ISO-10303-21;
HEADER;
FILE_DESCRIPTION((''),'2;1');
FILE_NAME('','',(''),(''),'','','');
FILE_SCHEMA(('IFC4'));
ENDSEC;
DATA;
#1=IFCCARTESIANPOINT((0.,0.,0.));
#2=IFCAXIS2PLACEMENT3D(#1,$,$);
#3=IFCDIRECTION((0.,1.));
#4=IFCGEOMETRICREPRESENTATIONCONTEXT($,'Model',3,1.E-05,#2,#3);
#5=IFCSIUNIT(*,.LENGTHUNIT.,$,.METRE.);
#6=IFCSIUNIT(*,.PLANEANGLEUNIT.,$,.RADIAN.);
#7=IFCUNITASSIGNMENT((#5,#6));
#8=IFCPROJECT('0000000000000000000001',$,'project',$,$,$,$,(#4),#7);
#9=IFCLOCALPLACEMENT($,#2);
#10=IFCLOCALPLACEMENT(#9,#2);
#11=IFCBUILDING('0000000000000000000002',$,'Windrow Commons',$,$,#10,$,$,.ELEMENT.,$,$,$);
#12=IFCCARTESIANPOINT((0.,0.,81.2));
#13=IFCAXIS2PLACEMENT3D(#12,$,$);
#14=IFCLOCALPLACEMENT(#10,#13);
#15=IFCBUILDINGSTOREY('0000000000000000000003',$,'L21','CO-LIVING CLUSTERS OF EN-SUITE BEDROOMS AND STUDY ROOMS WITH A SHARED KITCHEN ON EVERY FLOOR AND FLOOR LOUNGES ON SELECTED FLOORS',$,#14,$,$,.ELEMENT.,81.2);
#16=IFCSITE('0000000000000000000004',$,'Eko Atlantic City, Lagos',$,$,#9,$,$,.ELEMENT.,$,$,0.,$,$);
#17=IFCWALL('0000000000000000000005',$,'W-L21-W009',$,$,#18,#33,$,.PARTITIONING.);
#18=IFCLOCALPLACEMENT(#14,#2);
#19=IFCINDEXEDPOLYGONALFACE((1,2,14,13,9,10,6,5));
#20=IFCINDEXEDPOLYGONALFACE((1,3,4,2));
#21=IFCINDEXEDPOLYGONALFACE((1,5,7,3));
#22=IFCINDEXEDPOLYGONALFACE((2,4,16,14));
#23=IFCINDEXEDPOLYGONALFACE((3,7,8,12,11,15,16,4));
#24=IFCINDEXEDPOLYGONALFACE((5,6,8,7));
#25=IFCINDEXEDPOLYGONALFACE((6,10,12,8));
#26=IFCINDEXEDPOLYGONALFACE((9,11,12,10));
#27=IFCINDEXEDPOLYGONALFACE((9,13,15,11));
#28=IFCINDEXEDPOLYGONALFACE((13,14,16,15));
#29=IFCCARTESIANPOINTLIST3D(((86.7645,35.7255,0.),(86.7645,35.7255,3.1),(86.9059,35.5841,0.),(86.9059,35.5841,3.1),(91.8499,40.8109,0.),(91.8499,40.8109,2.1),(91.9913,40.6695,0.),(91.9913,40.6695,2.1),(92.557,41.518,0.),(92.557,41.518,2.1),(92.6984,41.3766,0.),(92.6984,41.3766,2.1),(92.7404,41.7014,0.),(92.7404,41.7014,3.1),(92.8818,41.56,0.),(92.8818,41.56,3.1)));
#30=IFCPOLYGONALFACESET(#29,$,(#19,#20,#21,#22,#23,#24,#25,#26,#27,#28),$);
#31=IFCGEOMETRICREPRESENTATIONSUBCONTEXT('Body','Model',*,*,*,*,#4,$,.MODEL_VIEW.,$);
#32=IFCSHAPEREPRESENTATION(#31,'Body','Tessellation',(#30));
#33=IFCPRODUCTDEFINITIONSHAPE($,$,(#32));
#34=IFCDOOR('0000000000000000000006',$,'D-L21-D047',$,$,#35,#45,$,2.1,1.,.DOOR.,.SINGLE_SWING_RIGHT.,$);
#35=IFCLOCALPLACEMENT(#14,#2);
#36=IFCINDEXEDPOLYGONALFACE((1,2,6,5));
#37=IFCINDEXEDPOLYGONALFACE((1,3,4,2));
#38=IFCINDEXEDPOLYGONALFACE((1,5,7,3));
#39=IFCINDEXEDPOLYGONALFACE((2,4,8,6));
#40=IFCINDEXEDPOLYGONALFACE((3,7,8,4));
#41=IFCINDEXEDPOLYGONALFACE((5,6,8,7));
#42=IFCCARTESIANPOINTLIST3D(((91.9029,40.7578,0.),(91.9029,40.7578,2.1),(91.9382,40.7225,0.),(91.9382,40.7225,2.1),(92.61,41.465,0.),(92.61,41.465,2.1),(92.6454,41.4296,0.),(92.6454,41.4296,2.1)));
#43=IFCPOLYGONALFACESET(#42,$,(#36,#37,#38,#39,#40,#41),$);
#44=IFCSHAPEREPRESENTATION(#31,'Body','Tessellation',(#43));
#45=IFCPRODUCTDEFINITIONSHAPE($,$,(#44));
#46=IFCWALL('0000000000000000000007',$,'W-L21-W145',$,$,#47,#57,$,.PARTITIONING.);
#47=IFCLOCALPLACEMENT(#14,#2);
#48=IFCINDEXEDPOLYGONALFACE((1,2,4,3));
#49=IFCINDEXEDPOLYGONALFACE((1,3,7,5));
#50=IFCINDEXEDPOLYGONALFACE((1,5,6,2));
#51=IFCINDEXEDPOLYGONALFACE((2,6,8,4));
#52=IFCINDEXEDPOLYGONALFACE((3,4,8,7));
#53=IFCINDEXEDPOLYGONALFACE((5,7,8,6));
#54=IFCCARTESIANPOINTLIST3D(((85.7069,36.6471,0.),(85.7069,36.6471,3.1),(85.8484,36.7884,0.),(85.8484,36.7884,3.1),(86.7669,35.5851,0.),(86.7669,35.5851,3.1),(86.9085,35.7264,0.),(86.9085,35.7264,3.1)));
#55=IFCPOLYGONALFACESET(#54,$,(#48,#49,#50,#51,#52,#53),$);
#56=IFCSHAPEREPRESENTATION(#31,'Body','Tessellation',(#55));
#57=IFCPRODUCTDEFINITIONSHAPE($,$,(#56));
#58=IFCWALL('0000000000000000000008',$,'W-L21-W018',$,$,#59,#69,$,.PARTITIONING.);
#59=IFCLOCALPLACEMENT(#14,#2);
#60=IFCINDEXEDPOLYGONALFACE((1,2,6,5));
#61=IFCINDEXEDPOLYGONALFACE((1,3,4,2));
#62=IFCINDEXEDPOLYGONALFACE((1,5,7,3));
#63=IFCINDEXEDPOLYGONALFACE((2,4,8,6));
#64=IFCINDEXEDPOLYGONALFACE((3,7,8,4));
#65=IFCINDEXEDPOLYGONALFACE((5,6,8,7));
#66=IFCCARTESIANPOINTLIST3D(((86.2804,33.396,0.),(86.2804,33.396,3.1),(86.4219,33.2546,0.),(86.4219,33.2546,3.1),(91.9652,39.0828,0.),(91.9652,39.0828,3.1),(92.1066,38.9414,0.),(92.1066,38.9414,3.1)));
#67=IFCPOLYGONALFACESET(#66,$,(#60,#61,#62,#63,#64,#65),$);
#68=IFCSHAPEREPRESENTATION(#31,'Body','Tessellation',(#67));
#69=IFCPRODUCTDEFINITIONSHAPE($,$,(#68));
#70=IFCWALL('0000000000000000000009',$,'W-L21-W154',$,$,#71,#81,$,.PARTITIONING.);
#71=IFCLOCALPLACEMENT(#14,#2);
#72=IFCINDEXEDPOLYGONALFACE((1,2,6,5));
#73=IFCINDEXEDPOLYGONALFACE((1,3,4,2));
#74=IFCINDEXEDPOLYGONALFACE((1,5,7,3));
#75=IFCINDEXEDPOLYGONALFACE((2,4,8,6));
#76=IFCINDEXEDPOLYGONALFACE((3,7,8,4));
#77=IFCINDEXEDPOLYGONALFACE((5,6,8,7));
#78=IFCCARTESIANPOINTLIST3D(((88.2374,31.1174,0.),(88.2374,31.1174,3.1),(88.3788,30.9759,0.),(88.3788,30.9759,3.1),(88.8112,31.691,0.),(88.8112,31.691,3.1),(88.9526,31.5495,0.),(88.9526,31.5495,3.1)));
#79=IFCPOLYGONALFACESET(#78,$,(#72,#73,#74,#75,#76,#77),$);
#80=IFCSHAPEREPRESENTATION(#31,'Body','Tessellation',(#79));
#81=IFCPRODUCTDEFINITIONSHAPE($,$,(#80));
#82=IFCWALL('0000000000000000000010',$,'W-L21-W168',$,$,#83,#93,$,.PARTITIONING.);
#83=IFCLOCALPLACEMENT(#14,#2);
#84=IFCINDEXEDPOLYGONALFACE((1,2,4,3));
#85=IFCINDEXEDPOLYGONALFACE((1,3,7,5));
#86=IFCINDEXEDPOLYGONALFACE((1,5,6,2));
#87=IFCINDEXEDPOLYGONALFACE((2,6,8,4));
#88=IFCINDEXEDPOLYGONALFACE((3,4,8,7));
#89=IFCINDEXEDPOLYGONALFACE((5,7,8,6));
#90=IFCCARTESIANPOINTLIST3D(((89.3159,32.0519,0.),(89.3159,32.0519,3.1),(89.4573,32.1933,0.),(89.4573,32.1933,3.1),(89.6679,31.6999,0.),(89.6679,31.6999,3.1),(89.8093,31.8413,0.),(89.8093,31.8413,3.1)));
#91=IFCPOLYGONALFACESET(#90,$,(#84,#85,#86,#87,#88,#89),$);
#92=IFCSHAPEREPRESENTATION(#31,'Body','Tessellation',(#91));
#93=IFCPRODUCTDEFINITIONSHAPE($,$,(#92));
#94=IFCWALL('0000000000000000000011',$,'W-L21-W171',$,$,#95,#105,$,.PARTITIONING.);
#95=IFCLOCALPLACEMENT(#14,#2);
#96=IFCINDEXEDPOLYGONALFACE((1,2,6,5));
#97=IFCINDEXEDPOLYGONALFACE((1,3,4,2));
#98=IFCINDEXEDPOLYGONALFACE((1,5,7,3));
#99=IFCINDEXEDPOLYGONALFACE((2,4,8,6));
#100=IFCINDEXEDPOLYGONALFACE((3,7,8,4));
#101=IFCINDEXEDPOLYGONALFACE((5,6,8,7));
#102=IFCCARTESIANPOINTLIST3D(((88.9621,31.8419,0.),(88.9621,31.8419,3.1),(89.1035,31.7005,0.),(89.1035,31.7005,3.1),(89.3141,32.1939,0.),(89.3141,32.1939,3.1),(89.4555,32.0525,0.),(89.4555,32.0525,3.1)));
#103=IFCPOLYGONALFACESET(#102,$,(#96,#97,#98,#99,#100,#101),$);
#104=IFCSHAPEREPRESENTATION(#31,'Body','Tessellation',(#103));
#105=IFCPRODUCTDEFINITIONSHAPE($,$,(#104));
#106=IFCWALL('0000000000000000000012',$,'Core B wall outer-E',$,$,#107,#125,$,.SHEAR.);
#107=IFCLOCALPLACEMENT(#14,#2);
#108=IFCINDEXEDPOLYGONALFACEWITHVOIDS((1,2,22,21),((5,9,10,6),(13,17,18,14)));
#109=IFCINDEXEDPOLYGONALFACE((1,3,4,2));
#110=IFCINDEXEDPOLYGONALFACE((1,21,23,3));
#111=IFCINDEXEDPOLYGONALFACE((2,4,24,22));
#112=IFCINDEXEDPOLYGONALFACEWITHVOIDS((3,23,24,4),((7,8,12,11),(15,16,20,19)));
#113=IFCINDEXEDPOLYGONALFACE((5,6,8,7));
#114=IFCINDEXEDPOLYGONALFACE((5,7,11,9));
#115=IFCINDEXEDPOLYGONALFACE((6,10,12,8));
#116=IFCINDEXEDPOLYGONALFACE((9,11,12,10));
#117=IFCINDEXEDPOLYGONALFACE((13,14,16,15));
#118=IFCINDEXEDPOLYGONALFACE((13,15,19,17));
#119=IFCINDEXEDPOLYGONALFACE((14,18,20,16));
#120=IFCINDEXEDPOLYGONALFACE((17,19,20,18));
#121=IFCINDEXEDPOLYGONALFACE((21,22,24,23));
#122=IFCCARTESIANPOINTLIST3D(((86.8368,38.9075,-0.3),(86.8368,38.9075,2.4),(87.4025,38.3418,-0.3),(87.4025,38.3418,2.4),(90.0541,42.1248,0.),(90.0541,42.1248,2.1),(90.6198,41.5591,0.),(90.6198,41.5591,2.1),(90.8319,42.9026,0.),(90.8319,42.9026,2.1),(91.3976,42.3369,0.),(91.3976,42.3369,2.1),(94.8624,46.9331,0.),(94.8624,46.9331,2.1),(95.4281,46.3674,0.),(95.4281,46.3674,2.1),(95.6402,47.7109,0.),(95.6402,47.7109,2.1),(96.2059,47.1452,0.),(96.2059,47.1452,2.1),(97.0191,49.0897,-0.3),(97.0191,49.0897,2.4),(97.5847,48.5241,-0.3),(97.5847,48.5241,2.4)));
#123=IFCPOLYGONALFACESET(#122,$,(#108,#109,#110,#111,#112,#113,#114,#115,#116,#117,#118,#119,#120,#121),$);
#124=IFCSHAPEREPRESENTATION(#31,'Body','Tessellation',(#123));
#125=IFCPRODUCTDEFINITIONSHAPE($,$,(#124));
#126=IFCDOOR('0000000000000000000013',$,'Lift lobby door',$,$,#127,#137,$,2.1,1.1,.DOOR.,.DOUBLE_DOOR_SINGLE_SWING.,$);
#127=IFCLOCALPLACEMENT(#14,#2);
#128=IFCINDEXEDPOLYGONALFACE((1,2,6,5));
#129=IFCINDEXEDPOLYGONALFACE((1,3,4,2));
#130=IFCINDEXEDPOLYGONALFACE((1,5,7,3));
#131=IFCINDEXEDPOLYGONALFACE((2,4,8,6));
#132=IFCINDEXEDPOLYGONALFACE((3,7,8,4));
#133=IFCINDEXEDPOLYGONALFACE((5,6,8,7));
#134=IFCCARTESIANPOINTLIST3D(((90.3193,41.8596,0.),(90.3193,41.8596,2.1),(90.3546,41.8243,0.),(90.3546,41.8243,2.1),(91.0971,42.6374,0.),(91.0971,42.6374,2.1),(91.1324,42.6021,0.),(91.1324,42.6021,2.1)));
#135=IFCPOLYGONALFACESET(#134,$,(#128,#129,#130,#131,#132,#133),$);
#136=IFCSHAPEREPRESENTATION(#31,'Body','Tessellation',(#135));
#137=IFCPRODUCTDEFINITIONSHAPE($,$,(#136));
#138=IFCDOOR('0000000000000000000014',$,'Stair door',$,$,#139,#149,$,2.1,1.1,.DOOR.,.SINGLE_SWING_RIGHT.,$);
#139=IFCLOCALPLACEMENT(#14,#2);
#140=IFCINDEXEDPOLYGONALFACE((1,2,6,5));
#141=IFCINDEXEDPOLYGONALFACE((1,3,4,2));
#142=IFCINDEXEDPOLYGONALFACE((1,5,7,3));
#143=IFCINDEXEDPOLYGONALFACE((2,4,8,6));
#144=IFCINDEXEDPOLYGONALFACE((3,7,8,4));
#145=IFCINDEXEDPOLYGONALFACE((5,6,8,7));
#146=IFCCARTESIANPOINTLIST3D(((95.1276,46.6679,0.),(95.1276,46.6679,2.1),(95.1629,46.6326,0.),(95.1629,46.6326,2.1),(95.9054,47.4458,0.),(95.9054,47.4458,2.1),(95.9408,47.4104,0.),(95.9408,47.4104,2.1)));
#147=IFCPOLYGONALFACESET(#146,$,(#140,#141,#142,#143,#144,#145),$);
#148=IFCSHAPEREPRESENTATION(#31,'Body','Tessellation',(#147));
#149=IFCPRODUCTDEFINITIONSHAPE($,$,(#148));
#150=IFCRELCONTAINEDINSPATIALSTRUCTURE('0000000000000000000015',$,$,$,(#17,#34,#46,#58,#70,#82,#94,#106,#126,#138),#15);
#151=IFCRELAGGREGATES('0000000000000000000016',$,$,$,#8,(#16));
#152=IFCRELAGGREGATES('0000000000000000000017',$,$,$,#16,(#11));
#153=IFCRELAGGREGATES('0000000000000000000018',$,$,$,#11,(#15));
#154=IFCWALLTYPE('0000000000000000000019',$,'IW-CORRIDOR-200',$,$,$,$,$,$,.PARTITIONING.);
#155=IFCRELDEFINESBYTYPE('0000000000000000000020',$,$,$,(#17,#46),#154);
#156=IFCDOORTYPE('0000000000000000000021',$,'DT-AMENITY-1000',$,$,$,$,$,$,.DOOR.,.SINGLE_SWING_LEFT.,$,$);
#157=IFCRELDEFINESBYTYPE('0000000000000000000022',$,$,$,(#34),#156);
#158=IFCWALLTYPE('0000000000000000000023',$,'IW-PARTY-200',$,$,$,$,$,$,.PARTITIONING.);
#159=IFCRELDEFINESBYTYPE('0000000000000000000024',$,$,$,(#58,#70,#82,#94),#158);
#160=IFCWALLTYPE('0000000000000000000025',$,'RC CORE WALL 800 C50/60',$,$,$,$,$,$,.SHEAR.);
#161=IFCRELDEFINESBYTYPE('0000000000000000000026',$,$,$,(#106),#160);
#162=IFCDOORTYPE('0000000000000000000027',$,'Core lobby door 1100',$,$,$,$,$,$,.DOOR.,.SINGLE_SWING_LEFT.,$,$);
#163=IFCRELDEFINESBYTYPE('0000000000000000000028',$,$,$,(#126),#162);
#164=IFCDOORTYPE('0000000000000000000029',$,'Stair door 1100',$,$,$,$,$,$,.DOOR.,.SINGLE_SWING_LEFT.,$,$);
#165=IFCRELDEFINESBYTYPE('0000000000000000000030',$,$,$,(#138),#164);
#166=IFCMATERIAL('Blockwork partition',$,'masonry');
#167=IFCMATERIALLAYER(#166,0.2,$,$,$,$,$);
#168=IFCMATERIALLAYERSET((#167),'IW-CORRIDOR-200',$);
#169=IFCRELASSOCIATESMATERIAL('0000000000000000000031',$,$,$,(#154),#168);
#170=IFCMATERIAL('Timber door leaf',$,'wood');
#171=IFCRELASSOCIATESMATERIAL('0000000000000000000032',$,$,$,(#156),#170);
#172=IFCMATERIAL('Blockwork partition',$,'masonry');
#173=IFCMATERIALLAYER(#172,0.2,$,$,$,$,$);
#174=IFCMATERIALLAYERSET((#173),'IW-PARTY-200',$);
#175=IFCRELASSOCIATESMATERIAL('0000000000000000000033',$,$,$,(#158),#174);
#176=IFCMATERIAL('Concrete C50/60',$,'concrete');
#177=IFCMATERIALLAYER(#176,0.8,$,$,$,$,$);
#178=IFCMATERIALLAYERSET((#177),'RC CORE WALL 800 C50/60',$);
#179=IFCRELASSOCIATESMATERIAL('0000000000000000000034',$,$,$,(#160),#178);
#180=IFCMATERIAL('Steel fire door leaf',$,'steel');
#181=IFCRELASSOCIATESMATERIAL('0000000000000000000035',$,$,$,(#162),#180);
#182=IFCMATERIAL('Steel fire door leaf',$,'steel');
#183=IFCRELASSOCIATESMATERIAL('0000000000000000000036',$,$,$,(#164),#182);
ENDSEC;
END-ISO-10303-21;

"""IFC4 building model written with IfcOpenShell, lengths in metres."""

from ifc_helpers import new_model, si_unit, direction, frame, frame_2d, origin, place, context, subcontext, project, spatial, rectangle, extrude, material, layer, layer_set, type_object, element, fill, save


model = new_model("IFC4")

# Units and contexts
model_context = context("Model", 3, precision=1e-05, world=origin(), true_north=direction((0.0, 1.0)))
body_context = subcontext(model_context, "Body", "Model", "MODEL_VIEW")
ifc_project = project(units=[si_unit("LENGTHUNIT", "METRE"), si_unit("PLANEANGLEUNIT", "RADIAN")], contexts=[model_context])

# Site, building, storey
site_placement = place(None, origin())
site = spatial("IfcSite", under=ifc_project, at=site_placement, Name="Eko Atlantic City, Lagos", CompositionType="ELEMENT", RefElevation=0.0)
building_placement = place(site_placement, origin())
building = spatial("IfcBuilding", under=site, at=building_placement, Name="Windrow Commons", CompositionType="ELEMENT")
storey_placement = place(building_placement, frame((0.0, 0.0, 81.2)))
storey = spatial("IfcBuildingStorey", under=building, at=storey_placement, Name="L21", Description="CO-LIVING CLUSTERS OF EN-SUITE BEDROOMS AND STUDY ROOMS WITH A SHARED KITCHEN ON EVERY FLOOR AND FLOOR LOUNGES ON SELECTED FLOORS", CompositionType="ELEMENT", Elevation=81.2)

# Wall, opening, door
ifc_material_1 = material(Name="Blockwork partition", Category="masonry")
ifc_layer_1 = layer(ifc_material_1, 0.2)
ifc_layer_set_1 = layer_set([ifc_layer_1], Name="IW-CORRIDOR-200")
wall_type_1 = type_object("IfcWallType", Name="IW-CORRIDOR-200", PredefinedType="PARTITIONING", material=ifc_layer_set_1)
wall_1_placement = place(storey_placement, frame((86.8352, 35.6548, 0.0), z_axis=(0.0, 0.0, 1.0), x_axis=(0.707107, 0.707107, 0.0)))
wall_1 = element("IfcWall", 1, at=wall_1_placement, inside=storey, type_object=wall_type_1, Name="W-L21-W009", PredefinedType="PARTITIONING", context=body_context, shape_type="SweptSolid", body=[
    extrude(rectangle(XDim=8.4513, YDim=0.2, at=frame_2d((4.2256, 0.0))), origin(), (0.0, 0.0, 1.0), 3.1),
])
opening_1_placement = place(wall_1_placement, frame((7.1918, 0.0, 0.0)))
opening_1 = element("IfcOpeningElement", 2, at=opening_1_placement, cuts=wall_1, PredefinedType="OPENING", context=body_context, shape_type="SweptSolid", body=[
    extrude(rectangle(XDim=1.0, YDim=2.1, at=frame_2d((0.5, 1.05))), frame((0.0, 0.11, 0.0), z_axis=(0.0, -1.0, 0.0), x_axis=(1.0, 0.0, 0.0)), (0.0, 0.0, 1.0), 0.22),
])
ifc_material_2 = material(Name="Timber door leaf", Category="wood")
door_type_1 = type_object("IfcDoorType", Name="DT-AMENITY-1000", OperationType="SINGLE_SWING_LEFT", PredefinedType="DOOR", material=ifc_material_2)
door_1_placement = place(opening_1_placement, origin())
door_1 = element("IfcDoor", 3, at=door_1_placement, inside=storey, type_object=door_type_1, Name="D-L21-D047", OperationType="SINGLE_SWING_RIGHT", OverallHeight=2.1, OverallWidth=1.0, PredefinedType="DOOR", context=body_context, shape_type="SweptSolid", body=[
    extrude(rectangle(XDim=1.0, YDim=2.1, at=frame_2d((0.5, 1.05))), frame((0.0, 0.025, 0.0), z_axis=(0.0, -1.0, 0.0), x_axis=(1.0, 0.0, 0.0)), (0.0, 0.0, 1.0), 0.05),
])
fill(opening_1, door_1)

# Walls
wall_2_placement = place(storey_placement, frame((85.7777, 36.7177, 0.0), z_axis=(0.0, 0.0, 1.0), x_axis=(0.70644, -0.707773, 0.0)))
element("IfcWall", 4, at=wall_2_placement, inside=storey, type_object=wall_type_1, Name="W-L21-W145", PredefinedType="PARTITIONING", context=body_context, shape_type="SweptSolid", body=[
    extrude(rectangle(XDim=1.5005, YDim=0.2, at=frame_2d((0.7502, 0.0))), origin(), (0.0, 0.0, 1.0), 3.1),
])
ifc_material_3 = material(Name="Blockwork partition", Category="masonry")
ifc_layer_2 = layer(ifc_material_3, 0.2)
ifc_layer_set_2 = layer_set([ifc_layer_2], Name="IW-PARTY-200")
wall_type_2 = type_object("IfcWallType", Name="IW-PARTY-200", PredefinedType="PARTITIONING", material=ifc_layer_set_2)
wall_3_placement = place(storey_placement, frame((86.3511, 33.3253, 0.0), z_axis=(0.0, 0.0, 1.0), x_axis=(0.706982, 0.707231, 0.0)))
element("IfcWall", 5, at=wall_3_placement, inside=storey, type_object=wall_type_2, Name="W-L21-W018", PredefinedType="PARTITIONING", context=body_context, shape_type="SweptSolid", body=[
    extrude(rectangle(XDim=8.0409, YDim=0.2, at=frame_2d((4.0205, 0.0))), origin(), (0.0, 0.0, 1.0), 3.1),
])
wall_4_placement = place(storey_placement, frame((88.3081, 31.0466, 0.0), z_axis=(0.0, 0.0, 1.0), x_axis=(0.707168, 0.707045, 0.0)))
element("IfcWall", 6, at=wall_4_placement, inside=storey, type_object=wall_type_2, Name="W-L21-W154", PredefinedType="PARTITIONING", context=body_context, shape_type="SweptSolid", body=[
    extrude(rectangle(XDim=0.8113, YDim=0.2, at=frame_2d((0.4057, 0.0))), origin(), (0.0, 0.0, 1.0), 3.1),
])
for number, where, z_axis, x_axis, name in (
    (7, (89.3866, 32.1226, 0.0), (0.0, 0.0, 1.0), (0.707107, -0.707107, 0.0), "W-L21-W168"),
    (8, (89.0328, 31.7712, 0.0), (0.0, 0.0, 1.0), (0.707107, 0.707107, 0.0), "W-L21-W171"),
):
    element("IfcWall", number, at=place(storey_placement, frame(where, z_axis=z_axis, x_axis=x_axis)), inside=storey, type_object=wall_type_2, Name=name, PredefinedType="PARTITIONING", context=body_context, shape_type="SweptSolid", body=[
        extrude(rectangle(XDim=0.4978, YDim=0.2, at=frame_2d((0.2489, 0.0))), origin(), (0.0, 0.0, 1.0), 3.1),
    ])

# Wall, openings, doors
ifc_material_4 = material(Name="Concrete C50/60", Category="concrete")
ifc_layer_3 = layer(ifc_material_4, 0.8)
ifc_layer_set_3 = layer_set([ifc_layer_3], Name="RC CORE WALL 800 C50/60")
wall_type_3 = type_object("IfcWallType", Name="RC CORE WALL 800 C50/60", PredefinedType="SHEAR", material=ifc_layer_set_3)
wall_5_placement = place(storey_placement, frame((87.1196, 38.6246, -0.3), z_axis=(0.0, 0.0, 1.0), x_axis=(0.707107, 0.707107, 0.0)))
wall_5 = element("IfcWall", 9, at=wall_5_placement, inside=storey, type_object=wall_type_3, Name="Core B wall outer-E", PredefinedType="SHEAR", context=body_context, shape_type="SweptSolid", body=[
    extrude(rectangle(XDim=14.3999, YDim=0.8, at=frame_2d((7.2, 0.0))), origin(), (0.0, 0.0, 1.0), 2.7),
])
opening_2_placement = place(wall_5_placement, frame((4.55, 0.0, 0.3)))
opening_2 = element("IfcOpeningElement", 10, at=opening_2_placement, cuts=wall_5, PredefinedType="OPENING", context=body_context, shape_type="SweptSolid", body=[
    extrude(rectangle(XDim=1.1, YDim=2.1, at=frame_2d((0.55, 1.05))), frame((0.0, 0.41, 0.0), z_axis=(0.0, -1.0, 0.0), x_axis=(1.0, 0.0, 0.0)), (0.0, 0.0, 1.0), 0.82),
])
opening_3_placement = place(wall_5_placement, frame((11.35, 0.0, 0.3)))
opening_3 = element("IfcOpeningElement", 11, at=opening_3_placement, cuts=wall_5, PredefinedType="OPENING", context=body_context, shape_type="SweptSolid", body=[
    extrude(rectangle(XDim=1.1, YDim=2.1, at=frame_2d((0.55, 1.05))), frame((0.0, 0.41, 0.0), z_axis=(0.0, -1.0, 0.0), x_axis=(1.0, 0.0, 0.0)), (0.0, 0.0, 1.0), 0.82),
])
ifc_material_5 = material(Name="Steel fire door leaf", Category="steel")
door_type_2 = type_object("IfcDoorType", Name="Core lobby door 1100", OperationType="SINGLE_SWING_LEFT", PredefinedType="DOOR", material=ifc_material_5)
door_2_placement = place(opening_2_placement, origin())
door_2 = element("IfcDoor", 12, at=door_2_placement, inside=storey, type_object=door_type_2, Name="Lift lobby door", OperationType="DOUBLE_DOOR_SINGLE_SWING", OverallHeight=2.1, OverallWidth=1.1, PredefinedType="DOOR", context=body_context, shape_type="SweptSolid", body=[
    extrude(rectangle(XDim=1.1, YDim=2.1, at=frame_2d((0.55, 1.05))), frame((0.0, 0.025, 0.0), z_axis=(0.0, -1.0, 0.0), x_axis=(1.0, 0.0, 0.0)), (0.0, 0.0, 1.0), 0.05),
])
fill(opening_2, door_2)
ifc_material_6 = material(Name="Steel fire door leaf", Category="steel")
door_type_3 = type_object("IfcDoorType", Name="Stair door 1100", OperationType="SINGLE_SWING_LEFT", PredefinedType="DOOR", material=ifc_material_6)
door_3_placement = place(opening_3_placement, origin())
door_3 = element("IfcDoor", 13, at=door_3_placement, inside=storey, type_object=door_type_3, Name="Stair door", OperationType="SINGLE_SWING_RIGHT", OverallHeight=2.1, OverallWidth=1.1, PredefinedType="DOOR", context=body_context, shape_type="SweptSolid", body=[
    extrude(rectangle(XDim=1.1, YDim=2.1, at=frame_2d((0.55, 1.05))), frame((0.0, 0.025, 0.0), z_axis=(0.0, -1.0, 0.0), x_axis=(1.0, 0.0, 0.0)), (0.0, 0.0, 1.0), 0.05),
])
fill(opening_3, door_3)

save(model, "model.ifc")
